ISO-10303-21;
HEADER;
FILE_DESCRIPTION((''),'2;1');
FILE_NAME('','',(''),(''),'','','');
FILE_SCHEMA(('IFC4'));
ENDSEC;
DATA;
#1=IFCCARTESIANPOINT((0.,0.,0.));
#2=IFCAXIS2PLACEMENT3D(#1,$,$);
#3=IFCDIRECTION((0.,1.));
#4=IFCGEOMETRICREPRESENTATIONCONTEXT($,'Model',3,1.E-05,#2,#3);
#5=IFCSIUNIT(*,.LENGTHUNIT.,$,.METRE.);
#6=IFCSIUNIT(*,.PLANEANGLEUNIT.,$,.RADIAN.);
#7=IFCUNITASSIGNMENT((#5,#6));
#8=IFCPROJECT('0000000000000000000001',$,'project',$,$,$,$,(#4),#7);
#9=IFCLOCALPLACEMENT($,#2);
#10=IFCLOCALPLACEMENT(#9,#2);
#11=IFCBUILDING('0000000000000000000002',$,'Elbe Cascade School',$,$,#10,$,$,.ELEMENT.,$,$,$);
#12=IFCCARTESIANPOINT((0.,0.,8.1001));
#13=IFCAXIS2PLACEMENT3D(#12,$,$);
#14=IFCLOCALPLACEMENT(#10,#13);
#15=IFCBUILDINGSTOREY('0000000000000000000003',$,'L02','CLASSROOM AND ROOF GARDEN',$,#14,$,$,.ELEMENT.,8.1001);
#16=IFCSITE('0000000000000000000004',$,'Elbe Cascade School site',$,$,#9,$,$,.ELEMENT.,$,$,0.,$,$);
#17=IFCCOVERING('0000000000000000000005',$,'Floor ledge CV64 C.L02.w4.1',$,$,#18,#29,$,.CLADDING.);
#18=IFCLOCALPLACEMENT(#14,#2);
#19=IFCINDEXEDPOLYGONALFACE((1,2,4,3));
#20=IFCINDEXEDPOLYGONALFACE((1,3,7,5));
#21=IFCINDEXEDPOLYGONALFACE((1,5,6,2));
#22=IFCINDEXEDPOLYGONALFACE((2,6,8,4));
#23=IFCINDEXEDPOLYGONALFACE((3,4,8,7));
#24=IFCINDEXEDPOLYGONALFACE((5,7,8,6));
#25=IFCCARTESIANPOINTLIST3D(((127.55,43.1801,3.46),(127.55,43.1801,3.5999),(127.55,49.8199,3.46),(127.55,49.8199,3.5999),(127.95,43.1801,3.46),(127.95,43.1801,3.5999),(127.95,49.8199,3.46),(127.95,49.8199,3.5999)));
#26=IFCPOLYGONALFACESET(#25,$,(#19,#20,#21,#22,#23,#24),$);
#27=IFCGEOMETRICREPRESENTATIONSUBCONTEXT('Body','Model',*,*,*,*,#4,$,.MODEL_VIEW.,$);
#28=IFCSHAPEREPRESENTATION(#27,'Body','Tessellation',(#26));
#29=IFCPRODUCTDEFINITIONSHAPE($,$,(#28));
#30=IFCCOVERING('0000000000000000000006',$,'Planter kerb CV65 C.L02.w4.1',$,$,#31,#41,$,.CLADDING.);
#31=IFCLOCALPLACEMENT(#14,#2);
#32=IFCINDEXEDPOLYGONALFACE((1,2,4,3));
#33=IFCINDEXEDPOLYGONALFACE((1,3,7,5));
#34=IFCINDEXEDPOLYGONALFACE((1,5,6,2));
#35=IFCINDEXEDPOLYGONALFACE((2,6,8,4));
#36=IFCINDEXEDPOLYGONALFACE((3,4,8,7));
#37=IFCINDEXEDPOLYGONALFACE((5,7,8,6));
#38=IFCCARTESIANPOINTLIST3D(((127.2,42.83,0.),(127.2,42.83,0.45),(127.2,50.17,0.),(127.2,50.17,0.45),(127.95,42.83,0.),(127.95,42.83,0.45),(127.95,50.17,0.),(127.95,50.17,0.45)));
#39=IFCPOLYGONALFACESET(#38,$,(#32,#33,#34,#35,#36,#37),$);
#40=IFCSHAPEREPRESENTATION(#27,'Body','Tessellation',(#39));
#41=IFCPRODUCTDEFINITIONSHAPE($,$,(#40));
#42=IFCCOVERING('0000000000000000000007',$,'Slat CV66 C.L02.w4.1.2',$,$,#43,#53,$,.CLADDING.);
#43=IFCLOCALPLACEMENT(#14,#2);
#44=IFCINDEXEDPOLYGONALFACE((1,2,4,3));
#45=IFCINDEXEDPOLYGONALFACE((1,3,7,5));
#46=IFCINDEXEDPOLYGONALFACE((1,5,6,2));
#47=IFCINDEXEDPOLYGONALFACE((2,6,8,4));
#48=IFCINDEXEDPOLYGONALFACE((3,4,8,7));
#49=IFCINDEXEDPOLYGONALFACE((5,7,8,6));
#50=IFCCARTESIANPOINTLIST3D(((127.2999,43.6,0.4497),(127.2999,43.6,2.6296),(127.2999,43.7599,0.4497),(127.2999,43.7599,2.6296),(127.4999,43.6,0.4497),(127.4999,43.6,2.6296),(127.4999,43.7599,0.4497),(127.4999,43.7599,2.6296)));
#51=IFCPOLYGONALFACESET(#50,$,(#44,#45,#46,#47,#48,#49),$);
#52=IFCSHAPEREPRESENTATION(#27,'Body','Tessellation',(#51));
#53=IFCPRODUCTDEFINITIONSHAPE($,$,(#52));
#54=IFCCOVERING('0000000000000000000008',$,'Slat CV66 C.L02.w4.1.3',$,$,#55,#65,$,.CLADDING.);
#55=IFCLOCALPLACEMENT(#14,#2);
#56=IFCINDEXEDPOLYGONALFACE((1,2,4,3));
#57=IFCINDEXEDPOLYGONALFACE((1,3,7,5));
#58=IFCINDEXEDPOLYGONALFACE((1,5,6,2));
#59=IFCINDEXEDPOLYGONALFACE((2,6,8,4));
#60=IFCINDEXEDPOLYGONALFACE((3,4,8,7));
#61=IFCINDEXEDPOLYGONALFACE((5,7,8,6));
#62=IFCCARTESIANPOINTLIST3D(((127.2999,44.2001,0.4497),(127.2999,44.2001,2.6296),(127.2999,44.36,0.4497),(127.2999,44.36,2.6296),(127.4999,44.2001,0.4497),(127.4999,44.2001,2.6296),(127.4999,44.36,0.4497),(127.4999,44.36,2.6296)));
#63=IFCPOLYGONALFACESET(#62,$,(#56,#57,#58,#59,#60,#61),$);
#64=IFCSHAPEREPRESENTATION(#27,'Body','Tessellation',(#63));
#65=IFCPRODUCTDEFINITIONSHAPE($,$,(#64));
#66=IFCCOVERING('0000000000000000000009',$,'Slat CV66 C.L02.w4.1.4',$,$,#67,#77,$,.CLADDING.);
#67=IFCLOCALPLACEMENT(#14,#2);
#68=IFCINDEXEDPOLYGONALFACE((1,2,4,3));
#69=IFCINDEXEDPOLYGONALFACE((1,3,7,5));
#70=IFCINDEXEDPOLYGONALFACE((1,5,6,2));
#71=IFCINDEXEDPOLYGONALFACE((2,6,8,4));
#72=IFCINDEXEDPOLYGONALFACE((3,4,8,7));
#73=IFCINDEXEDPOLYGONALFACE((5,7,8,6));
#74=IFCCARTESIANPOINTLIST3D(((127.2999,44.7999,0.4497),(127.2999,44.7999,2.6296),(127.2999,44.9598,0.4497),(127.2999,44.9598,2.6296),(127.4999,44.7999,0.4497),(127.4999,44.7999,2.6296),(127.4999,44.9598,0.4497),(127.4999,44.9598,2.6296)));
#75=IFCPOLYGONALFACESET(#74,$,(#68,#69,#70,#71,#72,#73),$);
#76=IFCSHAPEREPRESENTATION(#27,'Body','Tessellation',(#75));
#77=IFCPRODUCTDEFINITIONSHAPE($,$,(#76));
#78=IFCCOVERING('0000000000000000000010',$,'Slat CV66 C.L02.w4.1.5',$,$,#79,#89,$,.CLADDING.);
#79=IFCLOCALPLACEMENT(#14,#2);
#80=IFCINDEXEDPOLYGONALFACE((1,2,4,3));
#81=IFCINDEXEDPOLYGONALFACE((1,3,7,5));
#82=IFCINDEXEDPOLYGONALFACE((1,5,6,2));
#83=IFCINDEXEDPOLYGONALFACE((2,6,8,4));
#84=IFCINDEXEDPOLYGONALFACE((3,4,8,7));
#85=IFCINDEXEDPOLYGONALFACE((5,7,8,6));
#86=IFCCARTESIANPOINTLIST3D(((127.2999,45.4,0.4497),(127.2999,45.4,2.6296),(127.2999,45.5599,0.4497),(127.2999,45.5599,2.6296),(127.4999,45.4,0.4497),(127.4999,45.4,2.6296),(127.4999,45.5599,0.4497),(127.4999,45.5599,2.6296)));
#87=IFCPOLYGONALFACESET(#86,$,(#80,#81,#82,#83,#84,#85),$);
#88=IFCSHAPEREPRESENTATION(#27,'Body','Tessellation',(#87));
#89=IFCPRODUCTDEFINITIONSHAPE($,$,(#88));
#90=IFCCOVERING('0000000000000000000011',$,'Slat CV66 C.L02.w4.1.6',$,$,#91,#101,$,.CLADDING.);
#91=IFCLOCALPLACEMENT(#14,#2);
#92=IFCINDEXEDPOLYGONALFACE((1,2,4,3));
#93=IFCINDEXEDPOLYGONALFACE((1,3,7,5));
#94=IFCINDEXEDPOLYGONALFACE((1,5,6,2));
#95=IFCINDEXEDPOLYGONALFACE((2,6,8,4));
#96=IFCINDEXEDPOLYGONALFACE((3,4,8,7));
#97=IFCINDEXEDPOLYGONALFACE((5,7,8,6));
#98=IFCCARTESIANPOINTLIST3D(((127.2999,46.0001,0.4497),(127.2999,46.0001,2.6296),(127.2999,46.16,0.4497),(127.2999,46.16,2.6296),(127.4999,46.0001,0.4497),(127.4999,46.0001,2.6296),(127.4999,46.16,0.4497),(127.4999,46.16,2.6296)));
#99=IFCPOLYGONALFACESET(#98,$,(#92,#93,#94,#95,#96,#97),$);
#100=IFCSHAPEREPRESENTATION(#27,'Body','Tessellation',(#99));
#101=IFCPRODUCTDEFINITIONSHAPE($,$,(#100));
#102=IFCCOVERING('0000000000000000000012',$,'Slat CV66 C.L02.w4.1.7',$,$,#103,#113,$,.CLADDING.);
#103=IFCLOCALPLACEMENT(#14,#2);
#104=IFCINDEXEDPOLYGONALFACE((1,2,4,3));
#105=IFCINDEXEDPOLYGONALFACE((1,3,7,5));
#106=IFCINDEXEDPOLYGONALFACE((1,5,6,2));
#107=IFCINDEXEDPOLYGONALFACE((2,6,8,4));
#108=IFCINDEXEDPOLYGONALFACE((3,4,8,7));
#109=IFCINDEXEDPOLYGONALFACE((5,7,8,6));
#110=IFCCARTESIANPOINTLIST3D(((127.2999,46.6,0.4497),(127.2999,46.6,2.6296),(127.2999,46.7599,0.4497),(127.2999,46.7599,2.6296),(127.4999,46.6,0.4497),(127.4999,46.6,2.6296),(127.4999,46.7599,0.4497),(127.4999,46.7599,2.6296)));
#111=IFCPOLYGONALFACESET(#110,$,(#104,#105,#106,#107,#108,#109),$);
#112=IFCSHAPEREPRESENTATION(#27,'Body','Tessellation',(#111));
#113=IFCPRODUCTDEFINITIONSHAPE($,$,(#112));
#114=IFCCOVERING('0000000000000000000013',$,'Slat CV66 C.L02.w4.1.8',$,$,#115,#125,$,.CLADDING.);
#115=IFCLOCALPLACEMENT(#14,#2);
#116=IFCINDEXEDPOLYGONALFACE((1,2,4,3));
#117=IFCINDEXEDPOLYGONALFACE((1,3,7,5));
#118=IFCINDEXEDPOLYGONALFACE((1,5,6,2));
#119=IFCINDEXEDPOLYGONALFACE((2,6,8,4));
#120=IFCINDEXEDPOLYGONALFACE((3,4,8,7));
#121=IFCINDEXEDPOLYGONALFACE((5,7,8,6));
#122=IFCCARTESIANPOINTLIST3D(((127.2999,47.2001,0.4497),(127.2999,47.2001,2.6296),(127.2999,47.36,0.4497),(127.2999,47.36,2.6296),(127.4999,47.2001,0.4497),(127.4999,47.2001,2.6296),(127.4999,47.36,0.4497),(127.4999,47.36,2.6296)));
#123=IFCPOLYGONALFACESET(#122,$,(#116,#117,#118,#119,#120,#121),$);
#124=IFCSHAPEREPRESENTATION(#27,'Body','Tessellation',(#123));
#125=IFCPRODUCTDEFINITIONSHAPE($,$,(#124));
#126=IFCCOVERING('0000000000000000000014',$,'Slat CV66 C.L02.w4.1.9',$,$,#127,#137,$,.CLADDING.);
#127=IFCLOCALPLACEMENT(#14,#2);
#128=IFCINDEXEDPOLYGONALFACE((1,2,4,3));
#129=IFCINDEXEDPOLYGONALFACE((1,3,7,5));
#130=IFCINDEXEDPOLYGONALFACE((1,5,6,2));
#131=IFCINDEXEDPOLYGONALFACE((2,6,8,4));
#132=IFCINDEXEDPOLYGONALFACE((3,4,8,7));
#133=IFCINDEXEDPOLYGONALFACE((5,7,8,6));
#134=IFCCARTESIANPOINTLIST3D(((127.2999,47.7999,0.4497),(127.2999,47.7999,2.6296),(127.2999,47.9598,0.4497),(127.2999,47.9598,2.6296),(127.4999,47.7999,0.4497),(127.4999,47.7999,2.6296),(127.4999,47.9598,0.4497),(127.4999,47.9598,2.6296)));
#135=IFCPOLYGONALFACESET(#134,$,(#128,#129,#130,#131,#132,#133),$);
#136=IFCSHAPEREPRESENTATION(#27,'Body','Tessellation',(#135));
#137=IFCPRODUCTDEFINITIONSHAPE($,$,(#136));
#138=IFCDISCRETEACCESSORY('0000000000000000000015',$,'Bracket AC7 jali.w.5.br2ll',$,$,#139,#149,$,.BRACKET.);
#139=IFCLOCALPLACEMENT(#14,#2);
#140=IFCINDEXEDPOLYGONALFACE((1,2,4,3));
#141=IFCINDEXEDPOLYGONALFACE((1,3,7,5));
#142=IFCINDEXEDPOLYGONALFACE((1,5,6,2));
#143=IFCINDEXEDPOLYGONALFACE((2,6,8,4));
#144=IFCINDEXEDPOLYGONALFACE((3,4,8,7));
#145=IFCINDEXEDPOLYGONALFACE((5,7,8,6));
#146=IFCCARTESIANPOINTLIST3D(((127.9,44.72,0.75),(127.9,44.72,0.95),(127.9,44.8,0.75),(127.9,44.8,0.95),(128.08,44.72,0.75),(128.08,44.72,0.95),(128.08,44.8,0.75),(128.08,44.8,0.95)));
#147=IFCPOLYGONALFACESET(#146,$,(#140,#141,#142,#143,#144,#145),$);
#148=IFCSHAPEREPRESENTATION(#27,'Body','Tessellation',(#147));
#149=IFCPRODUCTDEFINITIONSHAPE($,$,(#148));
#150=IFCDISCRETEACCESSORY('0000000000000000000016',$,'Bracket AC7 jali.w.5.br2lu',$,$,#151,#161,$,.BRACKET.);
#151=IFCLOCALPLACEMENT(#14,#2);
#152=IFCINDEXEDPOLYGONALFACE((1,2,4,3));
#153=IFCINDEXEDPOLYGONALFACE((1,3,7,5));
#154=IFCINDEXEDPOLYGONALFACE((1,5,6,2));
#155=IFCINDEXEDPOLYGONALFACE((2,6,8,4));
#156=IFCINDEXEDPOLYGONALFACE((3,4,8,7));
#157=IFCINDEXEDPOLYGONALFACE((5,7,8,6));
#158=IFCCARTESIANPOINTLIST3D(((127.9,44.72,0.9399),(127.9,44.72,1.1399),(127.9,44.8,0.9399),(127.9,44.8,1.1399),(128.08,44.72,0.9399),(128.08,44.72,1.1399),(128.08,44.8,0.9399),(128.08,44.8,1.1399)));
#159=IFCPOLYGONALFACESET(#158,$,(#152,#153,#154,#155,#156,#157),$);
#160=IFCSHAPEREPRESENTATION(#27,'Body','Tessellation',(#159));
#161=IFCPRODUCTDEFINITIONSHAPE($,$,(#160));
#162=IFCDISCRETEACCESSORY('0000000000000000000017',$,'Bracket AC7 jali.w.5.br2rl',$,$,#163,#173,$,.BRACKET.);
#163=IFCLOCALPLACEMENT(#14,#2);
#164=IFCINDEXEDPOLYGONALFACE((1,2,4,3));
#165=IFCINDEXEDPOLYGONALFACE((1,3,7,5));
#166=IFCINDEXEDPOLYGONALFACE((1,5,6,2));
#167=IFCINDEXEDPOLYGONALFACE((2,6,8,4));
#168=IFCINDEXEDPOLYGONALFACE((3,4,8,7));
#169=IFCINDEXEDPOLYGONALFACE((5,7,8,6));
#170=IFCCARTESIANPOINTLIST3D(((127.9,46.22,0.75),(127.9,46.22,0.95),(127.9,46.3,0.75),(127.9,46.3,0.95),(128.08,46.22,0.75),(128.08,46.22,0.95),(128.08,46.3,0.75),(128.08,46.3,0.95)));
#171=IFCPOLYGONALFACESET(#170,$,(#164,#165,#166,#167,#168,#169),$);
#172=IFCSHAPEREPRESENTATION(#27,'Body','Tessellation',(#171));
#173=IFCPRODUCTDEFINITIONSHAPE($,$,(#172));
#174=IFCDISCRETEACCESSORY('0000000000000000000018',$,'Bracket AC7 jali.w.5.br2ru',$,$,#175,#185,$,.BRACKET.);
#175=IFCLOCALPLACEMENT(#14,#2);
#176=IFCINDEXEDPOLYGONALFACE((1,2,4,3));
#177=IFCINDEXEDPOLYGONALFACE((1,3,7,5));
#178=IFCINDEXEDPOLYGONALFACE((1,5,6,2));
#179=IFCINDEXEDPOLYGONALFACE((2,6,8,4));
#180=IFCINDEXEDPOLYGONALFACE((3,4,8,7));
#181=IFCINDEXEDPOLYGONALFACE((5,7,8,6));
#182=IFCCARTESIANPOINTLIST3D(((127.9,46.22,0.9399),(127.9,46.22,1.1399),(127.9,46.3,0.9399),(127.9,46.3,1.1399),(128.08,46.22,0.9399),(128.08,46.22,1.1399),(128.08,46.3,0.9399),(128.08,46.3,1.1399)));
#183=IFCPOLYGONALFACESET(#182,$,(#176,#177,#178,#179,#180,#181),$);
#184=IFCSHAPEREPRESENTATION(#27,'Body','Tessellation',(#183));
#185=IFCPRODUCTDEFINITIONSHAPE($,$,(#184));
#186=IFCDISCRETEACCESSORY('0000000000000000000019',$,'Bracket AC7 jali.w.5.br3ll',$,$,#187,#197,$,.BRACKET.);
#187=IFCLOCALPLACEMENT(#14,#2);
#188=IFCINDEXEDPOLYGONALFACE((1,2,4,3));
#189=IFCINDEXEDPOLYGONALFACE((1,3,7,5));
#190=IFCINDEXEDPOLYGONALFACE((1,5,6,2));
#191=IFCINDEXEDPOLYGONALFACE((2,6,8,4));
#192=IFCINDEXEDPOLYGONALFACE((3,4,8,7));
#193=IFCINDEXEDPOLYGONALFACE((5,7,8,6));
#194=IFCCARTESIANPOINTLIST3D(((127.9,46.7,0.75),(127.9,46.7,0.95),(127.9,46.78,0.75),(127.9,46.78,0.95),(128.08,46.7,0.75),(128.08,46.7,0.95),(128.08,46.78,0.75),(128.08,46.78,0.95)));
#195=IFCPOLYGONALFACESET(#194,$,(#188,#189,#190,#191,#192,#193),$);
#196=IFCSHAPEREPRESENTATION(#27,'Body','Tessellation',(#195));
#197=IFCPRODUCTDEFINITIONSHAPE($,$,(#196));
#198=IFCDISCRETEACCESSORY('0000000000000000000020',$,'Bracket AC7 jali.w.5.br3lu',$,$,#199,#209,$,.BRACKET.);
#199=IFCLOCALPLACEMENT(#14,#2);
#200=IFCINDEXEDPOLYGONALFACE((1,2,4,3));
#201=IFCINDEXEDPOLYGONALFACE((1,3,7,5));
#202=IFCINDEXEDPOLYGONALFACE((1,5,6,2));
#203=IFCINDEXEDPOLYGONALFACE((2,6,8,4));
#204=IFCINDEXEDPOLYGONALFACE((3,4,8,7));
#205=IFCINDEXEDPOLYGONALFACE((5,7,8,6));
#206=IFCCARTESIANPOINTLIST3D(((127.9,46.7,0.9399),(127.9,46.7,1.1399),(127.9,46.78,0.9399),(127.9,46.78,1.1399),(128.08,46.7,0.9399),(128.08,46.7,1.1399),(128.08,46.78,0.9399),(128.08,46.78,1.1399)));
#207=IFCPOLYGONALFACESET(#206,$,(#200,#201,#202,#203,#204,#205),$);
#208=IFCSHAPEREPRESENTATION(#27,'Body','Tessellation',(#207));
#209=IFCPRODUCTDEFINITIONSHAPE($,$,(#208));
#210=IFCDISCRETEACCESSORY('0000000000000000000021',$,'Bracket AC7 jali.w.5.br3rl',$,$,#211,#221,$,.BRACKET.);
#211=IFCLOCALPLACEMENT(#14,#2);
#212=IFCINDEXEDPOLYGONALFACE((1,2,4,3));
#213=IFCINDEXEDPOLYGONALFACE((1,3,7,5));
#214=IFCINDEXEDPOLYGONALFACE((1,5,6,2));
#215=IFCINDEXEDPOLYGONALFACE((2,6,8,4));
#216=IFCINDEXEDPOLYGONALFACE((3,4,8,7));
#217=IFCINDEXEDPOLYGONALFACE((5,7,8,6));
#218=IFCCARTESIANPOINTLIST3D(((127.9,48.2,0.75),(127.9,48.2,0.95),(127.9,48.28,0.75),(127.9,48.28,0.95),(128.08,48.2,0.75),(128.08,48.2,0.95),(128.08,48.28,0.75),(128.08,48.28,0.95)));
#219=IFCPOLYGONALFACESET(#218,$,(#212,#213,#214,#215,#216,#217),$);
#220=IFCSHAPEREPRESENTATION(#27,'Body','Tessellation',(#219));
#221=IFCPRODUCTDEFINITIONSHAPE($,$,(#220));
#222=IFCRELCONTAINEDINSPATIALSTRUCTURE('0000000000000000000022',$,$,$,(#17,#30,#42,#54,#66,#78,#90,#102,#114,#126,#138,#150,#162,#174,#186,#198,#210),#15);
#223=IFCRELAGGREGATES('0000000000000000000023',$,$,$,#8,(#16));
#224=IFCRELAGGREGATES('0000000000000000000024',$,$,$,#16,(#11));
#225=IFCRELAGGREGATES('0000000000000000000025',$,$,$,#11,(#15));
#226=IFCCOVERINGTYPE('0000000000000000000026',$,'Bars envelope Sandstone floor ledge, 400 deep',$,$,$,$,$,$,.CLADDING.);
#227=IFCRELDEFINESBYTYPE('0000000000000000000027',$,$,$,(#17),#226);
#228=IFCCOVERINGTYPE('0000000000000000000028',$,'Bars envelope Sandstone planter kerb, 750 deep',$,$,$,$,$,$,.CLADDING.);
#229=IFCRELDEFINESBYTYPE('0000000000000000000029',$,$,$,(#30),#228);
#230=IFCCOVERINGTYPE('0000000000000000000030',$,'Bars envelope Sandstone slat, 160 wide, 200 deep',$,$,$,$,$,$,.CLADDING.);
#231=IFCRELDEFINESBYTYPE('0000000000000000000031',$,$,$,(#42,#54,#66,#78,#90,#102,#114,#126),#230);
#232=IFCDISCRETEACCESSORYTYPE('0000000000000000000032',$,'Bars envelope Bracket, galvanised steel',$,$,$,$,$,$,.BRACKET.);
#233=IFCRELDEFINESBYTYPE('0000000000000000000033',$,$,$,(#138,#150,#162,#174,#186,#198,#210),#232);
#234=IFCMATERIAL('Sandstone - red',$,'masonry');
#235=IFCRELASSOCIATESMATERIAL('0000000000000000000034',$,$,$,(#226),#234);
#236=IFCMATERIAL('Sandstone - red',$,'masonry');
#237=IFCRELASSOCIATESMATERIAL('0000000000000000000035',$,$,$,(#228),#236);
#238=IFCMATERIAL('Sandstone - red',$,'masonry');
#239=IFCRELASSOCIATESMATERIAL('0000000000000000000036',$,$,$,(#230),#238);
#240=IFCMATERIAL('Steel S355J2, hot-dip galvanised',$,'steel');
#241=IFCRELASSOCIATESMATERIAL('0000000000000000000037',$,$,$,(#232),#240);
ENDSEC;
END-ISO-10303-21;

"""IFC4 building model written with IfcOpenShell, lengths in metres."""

from ifc_helpers import new_model, si_unit, direction, frame, origin, origin_2d, place, context, subcontext, project, spatial, rectangle, extrude, material, type_object, element, save


model = new_model("IFC4")

# Units and contexts
model_context = context("Model", 3, precision=1e-05, world=origin(), true_north=direction((0.0, 1.0)))
body_context = subcontext(model_context, "Body", "Model", "MODEL_VIEW")
ifc_project = project(units=[si_unit("LENGTHUNIT", "METRE"), si_unit("PLANEANGLEUNIT", "RADIAN")], contexts=[model_context])

# Site, building, storey
site_placement = place(None, origin())
site = spatial("IfcSite", under=ifc_project, at=site_placement, Name="Elbe Cascade School site", CompositionType="ELEMENT", RefElevation=0.0)
building_placement = place(site_placement, origin())
building = spatial("IfcBuilding", under=site, at=building_placement, Name="Elbe Cascade School", CompositionType="ELEMENT")
storey_placement = place(building_placement, frame((0.0, 0.0, 8.1001)))
storey = spatial("IfcBuildingStorey", under=building, at=storey_placement, Name="L02", Description="CLASSROOM AND ROOF GARDEN", CompositionType="ELEMENT", Elevation=8.1001)

# Coverings
ifc_material_1 = material(Name="Sandstone - red", Category="masonry")
covering_type_1 = type_object("IfcCoveringType", Name="Bars envelope Sandstone floor ledge, 400 deep", PredefinedType="CLADDING", material=ifc_material_1)
covering_1_placement = place(storey_placement, frame((127.75, 46.5, 3.46), z_axis=(0.0, 0.0, 1.0), x_axis=(0.0, 1.0, 0.0)))
element("IfcCovering", 1, at=covering_1_placement, inside=storey, type_object=covering_type_1, Name="Floor ledge CV64 C.L02.w4.1", PredefinedType="CLADDING", context=body_context, shape_type="SweptSolid", body=[
    extrude(rectangle(XDim=6.6399, YDim=0.3999, at=origin_2d()), origin(), (0.0, 0.0, 1.0), 0.1399),
])
ifc_material_2 = material(Name="Sandstone - red", Category="masonry")
covering_type_2 = type_object("IfcCoveringType", Name="Bars envelope Sandstone planter kerb, 750 deep", PredefinedType="CLADDING", material=ifc_material_2)
covering_2_placement = place(storey_placement, frame((127.575, 46.5, 0.0), z_axis=(0.0, 0.0, 1.0), x_axis=(0.0, 1.0, 0.0)))
element("IfcCovering", 2, at=covering_2_placement, inside=storey, type_object=covering_type_2, Name="Planter kerb CV65 C.L02.w4.1", PredefinedType="CLADDING", context=body_context, shape_type="SweptSolid", body=[
    extrude(rectangle(XDim=7.3401, YDim=0.75, at=origin_2d()), origin(), (0.0, 0.0, 1.0), 0.45),
])
ifc_material_3 = material(Name="Sandstone - red", Category="masonry")
covering_type_3 = type_object("IfcCoveringType", Name="Bars envelope Sandstone slat, 160 wide, 200 deep", PredefinedType="CLADDING", material=ifc_material_3)
for number, where, z_axis, x_axis, name in (
    (3, (127.3999, 43.6799, 0.4497), (0.0, 0.0, 1.0), (0.0, 1.0, 0.0), "Slat CV66 C.L02.w4.1.2"),
    (4, (127.3999, 44.28, 0.4497), (0.0, 0.0, 1.0), (0.0, 1.0, 0.0), "Slat CV66 C.L02.w4.1.3"),
    (5, (127.3999, 44.8799, 0.4497), (0.0, 0.0, 1.0), (0.0, 1.0, 0.0), "Slat CV66 C.L02.w4.1.4"),
    (6, (127.3999, 45.48, 0.4497), (0.0, 0.0, 1.0), (0.0, 1.0, 0.0), "Slat CV66 C.L02.w4.1.5"),
    (7, (127.3999, 46.0801, 0.4497), (0.0, 0.0, 1.0), (0.0, 1.0, 0.0), "Slat CV66 C.L02.w4.1.6"),
    (8, (127.3999, 46.6799, 0.4497), (0.0, 0.0, 1.0), (0.0, 1.0, 0.0), "Slat CV66 C.L02.w4.1.7"),
    (9, (127.3999, 47.28, 0.4497), (0.0, 0.0, 1.0), (0.0, 1.0, 0.0), "Slat CV66 C.L02.w4.1.8"),
    (10, (127.3999, 47.8799, 0.4497), (0.0, 0.0, 1.0), (0.0, 1.0, 0.0), "Slat CV66 C.L02.w4.1.9"),
):
    element("IfcCovering", number, at=place(storey_placement, frame(where, z_axis=z_axis, x_axis=x_axis)), inside=storey, type_object=covering_type_3, Name=name, PredefinedType="CLADDING", context=body_context, shape_type="SweptSolid", body=[
        extrude(rectangle(XDim=0.1599, YDim=0.2, at=origin_2d()), origin(), (0.0, 0.0, 1.0), 2.1799),
    ])

# Discrete accessories
ifc_material_4 = material(Name="Steel S355J2, hot-dip galvanised", Category="steel")
discrete_accessory_type = type_object("IfcDiscreteAccessoryType", Name="Bars envelope Bracket, galvanised steel", PredefinedType="BRACKET", material=ifc_material_4)
for number, where, z_axis, x_axis, name in (
    (11, (127.99, 44.76, 0.75), (0.0, 0.0, 1.0), (0.0, 1.0, 0.0), "Bracket AC7 jali.w.5.br2ll"),
    (12, (127.99, 44.76, 0.9399), (0.0, 0.0, 1.0), (0.0, 1.0, 0.0), "Bracket AC7 jali.w.5.br2lu"),
    (13, (127.99, 46.26, 0.75), (0.0, 0.0, 1.0), (0.0, 1.0, 0.0), "Bracket AC7 jali.w.5.br2rl"),
    (14, (127.99, 46.26, 0.9399), (0.0, 0.0, 1.0), (0.0, 1.0, 0.0), "Bracket AC7 jali.w.5.br2ru"),
    (15, (127.99, 46.74, 0.75), (0.0, 0.0, 1.0), (0.0, 1.0, 0.0), "Bracket AC7 jali.w.5.br3ll"),
    (16, (127.99, 46.74, 0.9399), (0.0, 0.0, 1.0), (0.0, 1.0, 0.0), "Bracket AC7 jali.w.5.br3lu"),
    (17, (127.99, 48.24, 0.75), (0.0, 0.0, 1.0), (0.0, 1.0, 0.0), "Bracket AC7 jali.w.5.br3rl"),
):
    element("IfcDiscreteAccessory", number, at=place(storey_placement, frame(where, z_axis=z_axis, x_axis=x_axis)), inside=storey, type_object=discrete_accessory_type, Name=name, PredefinedType="BRACKET", context=body_context, shape_type="SweptSolid", body=[
        extrude(rectangle(XDim=0.0801, YDim=0.1799, at=origin_2d()), origin(), (0.0, 0.0, 1.0), 0.2),
    ])

save(model, "model.ifc")
